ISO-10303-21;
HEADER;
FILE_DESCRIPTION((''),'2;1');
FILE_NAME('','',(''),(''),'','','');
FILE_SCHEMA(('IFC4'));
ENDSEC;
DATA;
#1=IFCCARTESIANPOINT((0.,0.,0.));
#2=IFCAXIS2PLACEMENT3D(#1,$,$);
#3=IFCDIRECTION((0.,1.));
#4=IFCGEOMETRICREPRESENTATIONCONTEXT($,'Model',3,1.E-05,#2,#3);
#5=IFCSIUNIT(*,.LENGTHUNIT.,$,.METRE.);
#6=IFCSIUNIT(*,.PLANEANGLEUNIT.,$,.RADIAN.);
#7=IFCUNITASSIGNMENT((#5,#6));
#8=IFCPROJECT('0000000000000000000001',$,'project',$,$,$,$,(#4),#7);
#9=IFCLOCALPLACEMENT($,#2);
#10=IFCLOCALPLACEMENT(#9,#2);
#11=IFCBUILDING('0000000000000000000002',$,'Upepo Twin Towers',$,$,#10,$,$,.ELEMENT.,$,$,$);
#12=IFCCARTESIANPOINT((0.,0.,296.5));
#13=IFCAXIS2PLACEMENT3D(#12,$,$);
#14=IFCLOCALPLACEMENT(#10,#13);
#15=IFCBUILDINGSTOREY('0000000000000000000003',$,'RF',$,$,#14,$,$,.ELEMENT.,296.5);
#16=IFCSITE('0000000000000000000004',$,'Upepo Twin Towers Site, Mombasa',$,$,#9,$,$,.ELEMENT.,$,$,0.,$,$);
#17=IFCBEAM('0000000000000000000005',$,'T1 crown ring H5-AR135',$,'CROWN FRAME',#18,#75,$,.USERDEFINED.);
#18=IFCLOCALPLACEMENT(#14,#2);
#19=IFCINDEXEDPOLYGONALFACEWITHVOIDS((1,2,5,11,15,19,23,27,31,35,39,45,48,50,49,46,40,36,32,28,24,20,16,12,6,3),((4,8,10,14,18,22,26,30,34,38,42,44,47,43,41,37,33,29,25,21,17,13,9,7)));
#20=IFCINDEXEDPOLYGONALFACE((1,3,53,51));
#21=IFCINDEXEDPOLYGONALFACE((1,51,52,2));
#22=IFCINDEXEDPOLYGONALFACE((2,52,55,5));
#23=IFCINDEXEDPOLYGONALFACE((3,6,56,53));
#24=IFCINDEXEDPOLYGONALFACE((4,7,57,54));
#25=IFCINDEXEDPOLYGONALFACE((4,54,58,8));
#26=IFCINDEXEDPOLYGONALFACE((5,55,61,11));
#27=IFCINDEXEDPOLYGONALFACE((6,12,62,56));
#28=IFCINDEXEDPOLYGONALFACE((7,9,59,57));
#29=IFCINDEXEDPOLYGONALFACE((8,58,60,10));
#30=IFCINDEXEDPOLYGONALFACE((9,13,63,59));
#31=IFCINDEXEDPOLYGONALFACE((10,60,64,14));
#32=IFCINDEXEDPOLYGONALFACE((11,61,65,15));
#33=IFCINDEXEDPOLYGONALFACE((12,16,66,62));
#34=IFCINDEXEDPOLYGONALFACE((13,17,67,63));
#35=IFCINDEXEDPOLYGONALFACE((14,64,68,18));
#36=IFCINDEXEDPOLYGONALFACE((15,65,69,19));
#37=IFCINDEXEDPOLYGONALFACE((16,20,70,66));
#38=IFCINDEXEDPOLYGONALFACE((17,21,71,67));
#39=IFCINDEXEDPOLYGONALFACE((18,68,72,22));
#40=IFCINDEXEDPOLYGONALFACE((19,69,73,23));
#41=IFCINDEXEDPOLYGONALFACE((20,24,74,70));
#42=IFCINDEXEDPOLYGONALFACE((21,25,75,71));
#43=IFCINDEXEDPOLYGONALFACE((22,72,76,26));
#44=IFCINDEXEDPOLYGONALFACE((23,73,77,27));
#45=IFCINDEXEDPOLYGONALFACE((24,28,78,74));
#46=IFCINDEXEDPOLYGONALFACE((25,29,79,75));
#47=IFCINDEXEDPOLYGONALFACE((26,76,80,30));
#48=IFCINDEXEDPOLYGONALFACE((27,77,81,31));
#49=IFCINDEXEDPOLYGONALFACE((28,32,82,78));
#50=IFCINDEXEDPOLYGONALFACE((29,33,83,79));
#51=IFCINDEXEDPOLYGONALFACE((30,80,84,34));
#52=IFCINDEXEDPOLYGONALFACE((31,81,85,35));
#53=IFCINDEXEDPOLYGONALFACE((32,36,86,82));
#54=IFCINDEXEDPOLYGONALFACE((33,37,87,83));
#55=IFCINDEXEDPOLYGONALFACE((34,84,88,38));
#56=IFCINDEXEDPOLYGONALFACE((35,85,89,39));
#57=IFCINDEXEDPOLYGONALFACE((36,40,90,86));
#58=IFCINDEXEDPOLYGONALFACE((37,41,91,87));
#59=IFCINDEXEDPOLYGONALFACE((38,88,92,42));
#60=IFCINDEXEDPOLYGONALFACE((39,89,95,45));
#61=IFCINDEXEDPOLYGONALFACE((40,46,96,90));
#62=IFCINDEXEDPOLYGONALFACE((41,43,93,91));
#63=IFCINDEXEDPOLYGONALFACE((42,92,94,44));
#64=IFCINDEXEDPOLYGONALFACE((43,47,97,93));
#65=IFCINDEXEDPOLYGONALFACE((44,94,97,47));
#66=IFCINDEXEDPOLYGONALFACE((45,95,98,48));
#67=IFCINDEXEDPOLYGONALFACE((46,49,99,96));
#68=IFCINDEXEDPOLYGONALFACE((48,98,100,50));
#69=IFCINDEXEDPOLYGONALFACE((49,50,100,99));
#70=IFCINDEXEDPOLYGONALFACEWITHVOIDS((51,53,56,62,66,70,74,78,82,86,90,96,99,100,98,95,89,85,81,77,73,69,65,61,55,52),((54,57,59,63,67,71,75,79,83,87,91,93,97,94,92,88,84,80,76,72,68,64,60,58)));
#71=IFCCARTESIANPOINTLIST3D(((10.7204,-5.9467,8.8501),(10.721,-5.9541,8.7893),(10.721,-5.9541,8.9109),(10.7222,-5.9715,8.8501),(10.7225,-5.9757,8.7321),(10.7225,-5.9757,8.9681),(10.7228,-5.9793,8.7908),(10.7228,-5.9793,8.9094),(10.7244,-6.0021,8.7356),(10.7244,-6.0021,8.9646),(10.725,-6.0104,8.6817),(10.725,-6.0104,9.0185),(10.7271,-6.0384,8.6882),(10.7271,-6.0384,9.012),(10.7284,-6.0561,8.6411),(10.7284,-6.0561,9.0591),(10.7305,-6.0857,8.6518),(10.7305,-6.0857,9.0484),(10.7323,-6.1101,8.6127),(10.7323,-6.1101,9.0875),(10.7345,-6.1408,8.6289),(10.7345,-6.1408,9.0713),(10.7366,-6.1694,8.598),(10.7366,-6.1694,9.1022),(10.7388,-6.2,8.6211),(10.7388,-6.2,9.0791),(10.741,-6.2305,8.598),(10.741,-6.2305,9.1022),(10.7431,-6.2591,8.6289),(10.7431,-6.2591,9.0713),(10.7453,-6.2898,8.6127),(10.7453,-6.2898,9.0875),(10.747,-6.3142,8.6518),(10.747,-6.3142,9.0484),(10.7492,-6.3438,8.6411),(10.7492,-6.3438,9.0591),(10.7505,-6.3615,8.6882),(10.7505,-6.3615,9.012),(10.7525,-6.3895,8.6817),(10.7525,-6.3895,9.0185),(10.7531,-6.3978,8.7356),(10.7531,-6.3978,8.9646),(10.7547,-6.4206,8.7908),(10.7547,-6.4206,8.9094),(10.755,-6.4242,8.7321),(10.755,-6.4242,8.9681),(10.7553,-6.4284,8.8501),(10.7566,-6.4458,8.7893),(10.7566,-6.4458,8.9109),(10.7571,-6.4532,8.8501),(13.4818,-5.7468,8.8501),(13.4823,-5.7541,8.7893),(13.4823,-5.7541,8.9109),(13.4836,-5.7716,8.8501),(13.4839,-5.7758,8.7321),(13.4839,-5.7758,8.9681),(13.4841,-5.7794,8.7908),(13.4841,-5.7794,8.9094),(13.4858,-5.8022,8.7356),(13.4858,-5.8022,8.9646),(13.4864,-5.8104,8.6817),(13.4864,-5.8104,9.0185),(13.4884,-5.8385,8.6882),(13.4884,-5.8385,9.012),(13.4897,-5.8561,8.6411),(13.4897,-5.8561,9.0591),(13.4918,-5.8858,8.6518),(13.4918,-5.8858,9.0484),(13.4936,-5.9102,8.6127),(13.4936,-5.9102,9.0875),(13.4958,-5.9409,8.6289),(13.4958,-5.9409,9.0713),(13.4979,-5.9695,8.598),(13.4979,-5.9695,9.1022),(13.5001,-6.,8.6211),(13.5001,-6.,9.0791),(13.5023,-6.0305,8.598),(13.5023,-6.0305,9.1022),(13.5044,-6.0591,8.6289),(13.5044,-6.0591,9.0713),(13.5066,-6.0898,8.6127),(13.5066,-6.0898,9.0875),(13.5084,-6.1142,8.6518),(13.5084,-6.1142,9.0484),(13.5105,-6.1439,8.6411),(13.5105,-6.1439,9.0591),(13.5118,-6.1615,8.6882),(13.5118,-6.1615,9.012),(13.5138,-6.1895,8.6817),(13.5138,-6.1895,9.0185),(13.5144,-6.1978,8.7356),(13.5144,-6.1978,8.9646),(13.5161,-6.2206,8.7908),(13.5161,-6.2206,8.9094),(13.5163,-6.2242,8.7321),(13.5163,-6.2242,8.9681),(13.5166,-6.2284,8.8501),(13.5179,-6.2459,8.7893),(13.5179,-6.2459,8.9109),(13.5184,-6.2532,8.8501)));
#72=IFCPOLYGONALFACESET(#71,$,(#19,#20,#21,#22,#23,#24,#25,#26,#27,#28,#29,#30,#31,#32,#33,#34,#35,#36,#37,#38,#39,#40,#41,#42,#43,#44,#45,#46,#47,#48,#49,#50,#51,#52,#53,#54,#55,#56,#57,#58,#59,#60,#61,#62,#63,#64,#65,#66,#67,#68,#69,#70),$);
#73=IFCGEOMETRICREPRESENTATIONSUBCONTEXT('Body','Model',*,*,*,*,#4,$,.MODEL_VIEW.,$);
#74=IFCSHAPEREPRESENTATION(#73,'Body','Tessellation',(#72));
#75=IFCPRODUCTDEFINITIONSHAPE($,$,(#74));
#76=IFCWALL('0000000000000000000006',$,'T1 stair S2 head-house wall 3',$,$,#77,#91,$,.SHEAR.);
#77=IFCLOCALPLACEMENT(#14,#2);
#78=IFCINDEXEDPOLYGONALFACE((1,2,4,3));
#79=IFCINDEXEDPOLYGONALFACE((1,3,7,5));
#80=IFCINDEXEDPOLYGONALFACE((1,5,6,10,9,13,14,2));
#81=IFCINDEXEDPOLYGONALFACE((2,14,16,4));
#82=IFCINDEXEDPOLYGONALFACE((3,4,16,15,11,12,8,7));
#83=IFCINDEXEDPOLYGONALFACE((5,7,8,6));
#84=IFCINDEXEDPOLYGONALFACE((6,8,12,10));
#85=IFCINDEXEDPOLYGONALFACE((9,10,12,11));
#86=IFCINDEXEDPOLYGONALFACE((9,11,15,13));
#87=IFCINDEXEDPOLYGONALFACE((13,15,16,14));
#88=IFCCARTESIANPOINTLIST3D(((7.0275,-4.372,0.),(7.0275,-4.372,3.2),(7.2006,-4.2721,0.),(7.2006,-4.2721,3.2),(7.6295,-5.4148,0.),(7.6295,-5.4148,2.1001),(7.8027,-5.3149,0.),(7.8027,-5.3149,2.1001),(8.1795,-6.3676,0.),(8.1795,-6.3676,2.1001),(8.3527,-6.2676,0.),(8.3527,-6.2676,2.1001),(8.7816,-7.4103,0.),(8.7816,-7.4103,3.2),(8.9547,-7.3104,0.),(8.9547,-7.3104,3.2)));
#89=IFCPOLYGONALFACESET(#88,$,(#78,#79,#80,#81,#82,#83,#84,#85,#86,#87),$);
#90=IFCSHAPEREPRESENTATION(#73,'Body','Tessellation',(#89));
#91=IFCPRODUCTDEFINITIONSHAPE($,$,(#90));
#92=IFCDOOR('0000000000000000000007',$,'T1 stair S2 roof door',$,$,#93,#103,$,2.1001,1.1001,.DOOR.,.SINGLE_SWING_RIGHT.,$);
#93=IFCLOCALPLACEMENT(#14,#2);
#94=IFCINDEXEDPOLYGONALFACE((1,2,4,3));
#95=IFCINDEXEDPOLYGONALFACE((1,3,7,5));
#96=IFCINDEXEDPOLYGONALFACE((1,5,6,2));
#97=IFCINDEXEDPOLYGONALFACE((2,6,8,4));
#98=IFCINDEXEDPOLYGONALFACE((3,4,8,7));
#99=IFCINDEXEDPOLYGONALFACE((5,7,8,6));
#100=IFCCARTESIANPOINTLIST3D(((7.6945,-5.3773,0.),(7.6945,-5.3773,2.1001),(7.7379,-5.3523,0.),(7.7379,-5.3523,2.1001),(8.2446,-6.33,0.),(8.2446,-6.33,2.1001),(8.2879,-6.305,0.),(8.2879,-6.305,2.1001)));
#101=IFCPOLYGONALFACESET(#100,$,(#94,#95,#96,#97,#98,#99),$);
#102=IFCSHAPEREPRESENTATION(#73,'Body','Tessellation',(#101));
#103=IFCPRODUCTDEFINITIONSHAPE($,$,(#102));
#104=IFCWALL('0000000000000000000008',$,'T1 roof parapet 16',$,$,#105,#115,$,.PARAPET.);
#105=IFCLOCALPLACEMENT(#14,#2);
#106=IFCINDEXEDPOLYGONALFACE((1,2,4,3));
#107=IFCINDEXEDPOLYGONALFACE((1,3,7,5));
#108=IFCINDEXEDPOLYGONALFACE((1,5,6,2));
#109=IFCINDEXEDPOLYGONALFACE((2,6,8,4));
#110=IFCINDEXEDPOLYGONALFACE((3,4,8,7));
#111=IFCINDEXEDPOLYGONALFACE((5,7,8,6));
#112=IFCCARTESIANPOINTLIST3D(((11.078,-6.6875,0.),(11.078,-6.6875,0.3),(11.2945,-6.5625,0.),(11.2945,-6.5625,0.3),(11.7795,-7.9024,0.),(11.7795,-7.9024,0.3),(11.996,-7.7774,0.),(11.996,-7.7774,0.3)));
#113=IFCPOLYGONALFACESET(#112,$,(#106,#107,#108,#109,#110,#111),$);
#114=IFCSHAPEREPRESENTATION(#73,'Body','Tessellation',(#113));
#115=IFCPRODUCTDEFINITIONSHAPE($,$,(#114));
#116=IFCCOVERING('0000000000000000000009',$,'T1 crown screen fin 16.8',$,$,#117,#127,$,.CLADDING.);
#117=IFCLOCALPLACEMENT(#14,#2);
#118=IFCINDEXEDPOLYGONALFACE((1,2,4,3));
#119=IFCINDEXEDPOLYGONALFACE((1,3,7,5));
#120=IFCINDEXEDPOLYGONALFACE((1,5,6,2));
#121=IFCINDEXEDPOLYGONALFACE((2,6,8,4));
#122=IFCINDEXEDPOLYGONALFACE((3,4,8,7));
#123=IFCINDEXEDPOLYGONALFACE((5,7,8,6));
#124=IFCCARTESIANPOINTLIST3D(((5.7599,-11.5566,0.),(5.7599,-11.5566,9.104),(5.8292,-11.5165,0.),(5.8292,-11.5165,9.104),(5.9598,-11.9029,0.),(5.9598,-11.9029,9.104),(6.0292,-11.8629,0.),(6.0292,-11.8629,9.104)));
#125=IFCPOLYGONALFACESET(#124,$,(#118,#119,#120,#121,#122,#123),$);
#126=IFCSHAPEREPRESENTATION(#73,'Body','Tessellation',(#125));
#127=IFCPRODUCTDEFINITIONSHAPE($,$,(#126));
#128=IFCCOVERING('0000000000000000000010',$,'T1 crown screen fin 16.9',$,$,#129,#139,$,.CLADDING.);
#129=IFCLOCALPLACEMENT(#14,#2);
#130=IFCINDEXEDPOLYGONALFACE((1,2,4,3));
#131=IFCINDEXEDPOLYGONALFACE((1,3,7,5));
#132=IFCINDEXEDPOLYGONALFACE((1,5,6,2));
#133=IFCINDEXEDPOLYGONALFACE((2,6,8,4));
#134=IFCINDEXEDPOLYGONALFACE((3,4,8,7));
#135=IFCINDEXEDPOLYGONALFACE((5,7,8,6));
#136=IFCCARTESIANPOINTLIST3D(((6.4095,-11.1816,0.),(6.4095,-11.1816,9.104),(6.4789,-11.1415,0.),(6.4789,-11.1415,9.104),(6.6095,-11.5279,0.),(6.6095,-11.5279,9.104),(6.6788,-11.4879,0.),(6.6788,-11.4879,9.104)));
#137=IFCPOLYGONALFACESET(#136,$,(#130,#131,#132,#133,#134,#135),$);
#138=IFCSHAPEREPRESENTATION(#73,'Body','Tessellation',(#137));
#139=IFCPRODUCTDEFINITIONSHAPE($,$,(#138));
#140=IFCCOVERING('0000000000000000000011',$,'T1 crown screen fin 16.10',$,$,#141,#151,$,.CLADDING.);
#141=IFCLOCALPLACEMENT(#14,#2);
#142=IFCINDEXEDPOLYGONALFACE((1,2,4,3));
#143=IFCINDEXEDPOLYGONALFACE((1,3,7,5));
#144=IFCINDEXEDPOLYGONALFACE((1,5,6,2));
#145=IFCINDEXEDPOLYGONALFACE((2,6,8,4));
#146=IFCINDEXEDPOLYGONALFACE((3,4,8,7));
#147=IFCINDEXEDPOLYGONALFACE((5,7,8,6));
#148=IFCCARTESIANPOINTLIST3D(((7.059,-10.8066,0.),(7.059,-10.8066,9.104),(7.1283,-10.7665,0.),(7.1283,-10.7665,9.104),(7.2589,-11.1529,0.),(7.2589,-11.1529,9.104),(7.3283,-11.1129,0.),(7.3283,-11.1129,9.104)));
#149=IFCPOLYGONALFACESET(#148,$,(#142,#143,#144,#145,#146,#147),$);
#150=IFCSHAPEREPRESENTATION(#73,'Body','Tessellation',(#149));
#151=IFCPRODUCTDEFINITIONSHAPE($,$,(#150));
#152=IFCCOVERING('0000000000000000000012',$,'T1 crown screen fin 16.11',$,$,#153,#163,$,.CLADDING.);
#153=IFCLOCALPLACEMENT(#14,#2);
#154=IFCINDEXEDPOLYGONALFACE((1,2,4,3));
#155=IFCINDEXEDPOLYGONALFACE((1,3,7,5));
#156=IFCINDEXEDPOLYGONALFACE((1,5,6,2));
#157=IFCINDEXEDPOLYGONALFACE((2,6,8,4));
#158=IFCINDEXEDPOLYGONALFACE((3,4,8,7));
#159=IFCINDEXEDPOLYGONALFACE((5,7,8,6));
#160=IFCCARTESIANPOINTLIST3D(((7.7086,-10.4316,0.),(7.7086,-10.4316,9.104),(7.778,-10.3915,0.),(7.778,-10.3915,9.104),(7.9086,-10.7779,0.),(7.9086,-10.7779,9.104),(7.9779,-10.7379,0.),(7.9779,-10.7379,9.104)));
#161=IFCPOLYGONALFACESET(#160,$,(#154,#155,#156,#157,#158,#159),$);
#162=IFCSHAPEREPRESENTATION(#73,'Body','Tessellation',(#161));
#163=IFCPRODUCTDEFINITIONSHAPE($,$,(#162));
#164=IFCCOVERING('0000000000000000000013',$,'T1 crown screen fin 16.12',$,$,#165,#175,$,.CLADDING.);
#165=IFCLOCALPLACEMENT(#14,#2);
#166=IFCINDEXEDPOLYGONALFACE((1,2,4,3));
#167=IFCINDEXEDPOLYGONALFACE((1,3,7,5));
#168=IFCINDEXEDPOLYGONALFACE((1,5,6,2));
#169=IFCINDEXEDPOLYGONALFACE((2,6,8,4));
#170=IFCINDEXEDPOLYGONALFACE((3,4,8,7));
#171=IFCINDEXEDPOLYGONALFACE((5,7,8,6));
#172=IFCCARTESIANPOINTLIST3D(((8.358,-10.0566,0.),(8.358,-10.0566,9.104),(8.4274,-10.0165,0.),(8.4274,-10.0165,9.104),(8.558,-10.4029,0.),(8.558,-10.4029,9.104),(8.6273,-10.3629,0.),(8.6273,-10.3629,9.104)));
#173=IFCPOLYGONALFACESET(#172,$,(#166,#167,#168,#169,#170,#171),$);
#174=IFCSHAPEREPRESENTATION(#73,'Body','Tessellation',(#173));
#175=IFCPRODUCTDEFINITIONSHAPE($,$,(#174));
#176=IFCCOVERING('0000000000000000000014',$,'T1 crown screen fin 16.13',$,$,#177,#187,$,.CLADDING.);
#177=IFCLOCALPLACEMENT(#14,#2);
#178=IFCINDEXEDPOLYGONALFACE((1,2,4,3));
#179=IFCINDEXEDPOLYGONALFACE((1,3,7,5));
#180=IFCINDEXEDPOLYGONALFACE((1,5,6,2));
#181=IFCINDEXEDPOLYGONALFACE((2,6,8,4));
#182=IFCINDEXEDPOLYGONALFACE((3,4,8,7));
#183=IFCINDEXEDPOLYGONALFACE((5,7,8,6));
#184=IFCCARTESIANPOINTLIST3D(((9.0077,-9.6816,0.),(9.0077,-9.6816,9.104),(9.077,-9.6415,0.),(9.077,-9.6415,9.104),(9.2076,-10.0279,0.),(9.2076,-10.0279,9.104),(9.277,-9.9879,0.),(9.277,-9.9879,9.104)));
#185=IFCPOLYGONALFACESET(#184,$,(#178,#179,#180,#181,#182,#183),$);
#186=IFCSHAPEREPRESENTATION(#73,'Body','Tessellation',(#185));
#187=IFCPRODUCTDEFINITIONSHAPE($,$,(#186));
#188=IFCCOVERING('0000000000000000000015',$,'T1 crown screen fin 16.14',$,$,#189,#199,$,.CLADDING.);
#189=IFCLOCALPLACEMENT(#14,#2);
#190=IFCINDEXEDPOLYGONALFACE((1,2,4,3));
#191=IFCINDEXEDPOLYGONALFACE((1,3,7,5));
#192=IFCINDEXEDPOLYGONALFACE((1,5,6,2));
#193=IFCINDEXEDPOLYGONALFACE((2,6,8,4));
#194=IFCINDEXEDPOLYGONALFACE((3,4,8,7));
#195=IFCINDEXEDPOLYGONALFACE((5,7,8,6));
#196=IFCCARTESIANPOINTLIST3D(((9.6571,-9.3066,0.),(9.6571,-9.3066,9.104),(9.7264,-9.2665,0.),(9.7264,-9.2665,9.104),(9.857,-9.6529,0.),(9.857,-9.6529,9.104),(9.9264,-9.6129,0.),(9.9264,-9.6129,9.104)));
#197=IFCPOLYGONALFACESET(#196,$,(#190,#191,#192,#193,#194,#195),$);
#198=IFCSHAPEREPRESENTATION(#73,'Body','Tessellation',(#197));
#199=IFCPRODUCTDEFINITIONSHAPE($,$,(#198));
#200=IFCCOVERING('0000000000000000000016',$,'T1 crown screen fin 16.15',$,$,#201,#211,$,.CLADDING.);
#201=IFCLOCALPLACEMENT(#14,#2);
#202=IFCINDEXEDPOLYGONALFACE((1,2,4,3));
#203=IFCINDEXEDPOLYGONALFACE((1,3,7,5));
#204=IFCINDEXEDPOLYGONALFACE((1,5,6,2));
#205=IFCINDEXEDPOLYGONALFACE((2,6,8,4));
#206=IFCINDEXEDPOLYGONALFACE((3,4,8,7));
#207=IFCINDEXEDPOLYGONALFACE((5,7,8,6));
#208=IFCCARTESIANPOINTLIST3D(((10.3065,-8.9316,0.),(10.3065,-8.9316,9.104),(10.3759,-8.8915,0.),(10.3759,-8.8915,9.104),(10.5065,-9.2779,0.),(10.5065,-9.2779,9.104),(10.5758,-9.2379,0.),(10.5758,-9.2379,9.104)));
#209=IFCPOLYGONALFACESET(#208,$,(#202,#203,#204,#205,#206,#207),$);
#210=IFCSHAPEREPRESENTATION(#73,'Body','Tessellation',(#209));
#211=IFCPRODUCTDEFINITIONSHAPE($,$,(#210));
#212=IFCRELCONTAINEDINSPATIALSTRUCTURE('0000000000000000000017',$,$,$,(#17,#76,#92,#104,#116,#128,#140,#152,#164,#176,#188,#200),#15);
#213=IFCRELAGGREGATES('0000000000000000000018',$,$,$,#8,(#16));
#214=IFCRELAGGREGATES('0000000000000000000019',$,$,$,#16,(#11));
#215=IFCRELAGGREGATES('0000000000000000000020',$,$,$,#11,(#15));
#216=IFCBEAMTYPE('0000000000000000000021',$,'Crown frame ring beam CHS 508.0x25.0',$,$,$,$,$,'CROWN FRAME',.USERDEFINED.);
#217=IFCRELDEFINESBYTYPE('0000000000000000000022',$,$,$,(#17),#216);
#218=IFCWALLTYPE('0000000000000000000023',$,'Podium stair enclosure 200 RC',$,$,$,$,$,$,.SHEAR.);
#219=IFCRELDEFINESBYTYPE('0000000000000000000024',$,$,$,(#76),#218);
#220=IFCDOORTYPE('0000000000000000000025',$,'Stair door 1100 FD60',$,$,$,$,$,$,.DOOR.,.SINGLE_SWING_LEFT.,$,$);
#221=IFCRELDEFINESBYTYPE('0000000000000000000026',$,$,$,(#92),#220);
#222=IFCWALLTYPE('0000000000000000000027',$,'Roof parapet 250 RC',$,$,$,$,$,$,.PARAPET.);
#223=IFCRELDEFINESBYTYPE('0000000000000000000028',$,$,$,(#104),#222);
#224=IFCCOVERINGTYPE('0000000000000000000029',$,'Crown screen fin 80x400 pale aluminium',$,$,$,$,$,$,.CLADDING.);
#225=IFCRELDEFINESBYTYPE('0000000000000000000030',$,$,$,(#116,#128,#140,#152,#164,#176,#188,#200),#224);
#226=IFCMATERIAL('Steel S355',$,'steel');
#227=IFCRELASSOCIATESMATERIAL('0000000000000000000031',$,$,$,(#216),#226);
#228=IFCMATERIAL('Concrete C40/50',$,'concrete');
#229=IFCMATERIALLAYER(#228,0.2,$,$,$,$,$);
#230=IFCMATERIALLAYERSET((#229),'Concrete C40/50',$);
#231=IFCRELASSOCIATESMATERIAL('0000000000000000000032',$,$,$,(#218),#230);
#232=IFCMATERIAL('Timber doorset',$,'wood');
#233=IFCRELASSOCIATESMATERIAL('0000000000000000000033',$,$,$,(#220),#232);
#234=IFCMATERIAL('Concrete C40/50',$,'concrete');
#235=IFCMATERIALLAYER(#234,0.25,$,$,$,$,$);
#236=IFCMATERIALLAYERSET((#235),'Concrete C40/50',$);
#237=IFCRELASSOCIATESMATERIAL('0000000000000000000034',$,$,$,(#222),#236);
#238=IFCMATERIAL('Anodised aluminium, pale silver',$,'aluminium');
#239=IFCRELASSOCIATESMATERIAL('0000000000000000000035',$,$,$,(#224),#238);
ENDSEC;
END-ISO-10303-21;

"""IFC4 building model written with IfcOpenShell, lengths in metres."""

from ifc_helpers import new_model, si_unit, direction, frame, frame_2d, origin, origin_2d, place, context, subcontext, project, spatial, rectangle, hollow_circle, extrude, material, layer, layer_set, material_profile, profile_set, type_object, element, fill, save


model = new_model("IFC4")

# Units and contexts
model_context = context("Model", 3, precision=1e-05, world=origin(), true_north=direction((0.0, 1.0)))
body_context = subcontext(model_context, "Body", "Model", "MODEL_VIEW")
ifc_project = project(units=[si_unit("LENGTHUNIT", "METRE"), si_unit("PLANEANGLEUNIT", "RADIAN")], contexts=[model_context])

# Site, building, storey
site_placement = place(None, origin())
site = spatial("IfcSite", under=ifc_project, at=site_placement, Name="Upepo Twin Towers Site, Mombasa", CompositionType="ELEMENT", RefElevation=0.0)
building_placement = place(site_placement, origin())
building = spatial("IfcBuilding", under=site, at=building_placement, Name="Upepo Twin Towers", CompositionType="ELEMENT")
storey_placement = place(building_placement, frame((0.0, 0.0, 296.5)))
storey = spatial("IfcBuildingStorey", under=building, at=storey_placement, Name="RF", CompositionType="ELEMENT", Elevation=296.5)

# Beam
ifc_material_1 = material(Name="Steel S355", Category="steel")
ifc_material_profile_1 = material_profile(ifc_material_1, hollow_circle(Radius=0.2539, WallThickness=0.0249, at=origin_2d()), Name="CHS 508.0x25.0")
ifc_profile_set_1 = profile_set([ifc_material_profile_1], Name="Steel S355")
beam_type = type_object("IfcBeamType", Name="Crown frame ring beam CHS 508.0x25.0", ElementType="CROWN FRAME", PredefinedType="USERDEFINED", material=ifc_profile_set_1)
beam_1_placement = place(storey_placement, frame((10.7388, -6.2, 8.8501), z_axis=(0.997388, 0.072225, 0.0), x_axis=(-0.072225, 0.997388, 0.0)))
element("IfcBeam", 1, at=beam_1_placement, inside=storey, type_object=beam_type, Name="T1 crown ring H5-AR135", ObjectType="CROWN FRAME", PredefinedType="USERDEFINED", context=body_context, shape_type="SweptSolid", body=[
    extrude(hollow_circle(Radius=0.2539, WallThickness=0.0249, at=origin_2d()), origin(), (0.0, 0.0, 1.0), 2.7686),
])

# Wall, opening, door
ifc_material_2 = material(Name="Concrete C40/50", Category="concrete")
ifc_layer_1 = layer(ifc_material_2, 0.2)
ifc_layer_set_1 = layer_set([ifc_layer_1], Name="Concrete C40/50")
wall_type_1 = type_object("IfcWallType", Name="Podium stair enclosure 200 RC", PredefinedType="SHEAR", material=ifc_layer_set_1)
wall_1_placement = place(storey_placement, frame((8.8682, -7.3604, 0.0), z_axis=(0.0, 0.0, 1.0), x_axis=(-0.499994, 0.866029, 0.0)))
wall_1 = element("IfcWall", 2, at=wall_1_placement, inside=storey, type_object=wall_type_1, Name="T1 stair S2 head-house wall 3", PredefinedType="SHEAR", context=body_context, shape_type="SweptSolid", body=[
    extrude(rectangle(XDim=3.5083, YDim=0.2, at=frame_2d((1.7542, 0.0))), origin(), (0.0, 0.0, 1.0), 3.2),
])
opening_placement = place(wall_1_placement, frame((1.2041, 0.0, 0.0)))
opening = element("IfcOpeningElement", 3, at=opening_placement, cuts=wall_1, PredefinedType="OPENING", context=body_context, shape_type="SweptSolid", body=[
    extrude(rectangle(XDim=1.1001, YDim=2.1001, at=frame_2d((0.55, 1.05))), frame((0.0, 0.1099, 0.0), z_axis=(0.0, -1.0, 0.0), x_axis=(1.0, 0.0, 0.0)), (0.0, 0.0, 1.0), 0.22),
])
ifc_material_3 = material(Name="Timber doorset", Category="wood")
door_type = type_object("IfcDoorType", Name="Stair door 1100 FD60", OperationType="SINGLE_SWING_LEFT", PredefinedType="DOOR", material=ifc_material_3)
door_placement = place(opening_placement, origin())
door = element("IfcDoor", 4, at=door_placement, inside=storey, type_object=door_type, Name="T1 stair S2 roof door", OperationType="SINGLE_SWING_RIGHT", OverallHeight=2.1001, OverallWidth=1.1001, PredefinedType="DOOR", context=body_context, shape_type="SweptSolid", body=[
    extrude(rectangle(XDim=1.1001, YDim=2.1001, at=frame_2d((0.55, 1.05))), frame((0.0, 0.0249, 0.0), z_axis=(0.0, -1.0, 0.0), x_axis=(1.0, 0.0, 0.0)), (0.0, 0.0, 1.0), 0.05),
])
fill(opening, door)

# Wall
ifc_material_4 = material(Name="Concrete C40/50", Category="concrete")
ifc_layer_2 = layer(ifc_material_4, 0.25)
ifc_layer_set_2 = layer_set([ifc_layer_2], Name="Concrete C40/50")
wall_type_2 = type_object("IfcWallType", Name="Roof parapet 250 RC", PredefinedType="PARAPET", material=ifc_layer_set_2)
wall_2_placement = place(storey_placement, frame((11.1863, -6.625, 0.0), z_axis=(0.0, 0.0, 1.0), x_axis=(0.500014, -0.866017, 0.0)))
element("IfcWall", 5, at=wall_2_placement, inside=storey, type_object=wall_type_2, Name="T1 roof parapet 16", PredefinedType="PARAPET", context=body_context, shape_type="SweptSolid", body=[
    extrude(rectangle(XDim=1.4028, YDim=0.25, at=frame_2d((0.7014, 0.0))), origin(), (0.0, 0.0, 1.0), 0.3),
])

# Coverings
ifc_material_5 = material(Name="Anodised aluminium, pale silver", Category="aluminium")
covering_type_1 = type_object("IfcCoveringType", Name="Crown screen fin 80x400 pale aluminium", PredefinedType="CLADDING", material=ifc_material_5)
for number, where, z_axis, x_axis, name in (
    (6, (5.8945, -11.7097, 0.0), (0.0, 0.0, 1.0), (0.866025, 0.5, 0.0), "T1 crown screen fin 16.8"),
    (7, (6.5442, -11.3347, 0.0), (0.0, 0.0, 1.0), (0.866025, 0.5, 0.0), "T1 crown screen fin 16.9"),
    (8, (7.1936, -10.9597, 0.0), (0.0, 0.0, 1.0), (0.866025, 0.5, 0.0), "T1 crown screen fin 16.10"),
    (9, (7.8433, -10.5847, 0.0), (0.0, 0.0, 1.0), (0.866025, 0.5, 0.0), "T1 crown screen fin 16.11"),
    (10, (8.4927, -10.2097, 0.0), (0.0, 0.0, 1.0), (0.866025, 0.5, 0.0), "T1 crown screen fin 16.12"),
    (11, (9.1423, -9.8347, 0.0), (0.0, 0.0, 1.0), (0.866025, 0.5, 0.0), "T1 crown screen fin 16.13"),
    (12, (9.7917, -9.4597, 0.0), (0.0, 0.0, 1.0), (0.866025, 0.5, 0.0), "T1 crown screen fin 16.14"),
    (13, (10.4412, -9.0847, 0.0), (0.0, 0.0, 1.0), (0.866025, 0.5, 0.0), "T1 crown screen fin 16.15"),
):
    element("IfcCovering", number, at=place(storey_placement, frame(where, z_axis=z_axis, x_axis=x_axis)), inside=storey, type_object=covering_type_1, Name=name, PredefinedType="CLADDING", context=body_context, shape_type="SweptSolid", body=[
        extrude(rectangle(XDim=0.0801, YDim=0.3999, at=origin_2d()), origin(), (0.0, 0.0, 1.0), 9.104),
    ])

save(model, "model.ifc")
